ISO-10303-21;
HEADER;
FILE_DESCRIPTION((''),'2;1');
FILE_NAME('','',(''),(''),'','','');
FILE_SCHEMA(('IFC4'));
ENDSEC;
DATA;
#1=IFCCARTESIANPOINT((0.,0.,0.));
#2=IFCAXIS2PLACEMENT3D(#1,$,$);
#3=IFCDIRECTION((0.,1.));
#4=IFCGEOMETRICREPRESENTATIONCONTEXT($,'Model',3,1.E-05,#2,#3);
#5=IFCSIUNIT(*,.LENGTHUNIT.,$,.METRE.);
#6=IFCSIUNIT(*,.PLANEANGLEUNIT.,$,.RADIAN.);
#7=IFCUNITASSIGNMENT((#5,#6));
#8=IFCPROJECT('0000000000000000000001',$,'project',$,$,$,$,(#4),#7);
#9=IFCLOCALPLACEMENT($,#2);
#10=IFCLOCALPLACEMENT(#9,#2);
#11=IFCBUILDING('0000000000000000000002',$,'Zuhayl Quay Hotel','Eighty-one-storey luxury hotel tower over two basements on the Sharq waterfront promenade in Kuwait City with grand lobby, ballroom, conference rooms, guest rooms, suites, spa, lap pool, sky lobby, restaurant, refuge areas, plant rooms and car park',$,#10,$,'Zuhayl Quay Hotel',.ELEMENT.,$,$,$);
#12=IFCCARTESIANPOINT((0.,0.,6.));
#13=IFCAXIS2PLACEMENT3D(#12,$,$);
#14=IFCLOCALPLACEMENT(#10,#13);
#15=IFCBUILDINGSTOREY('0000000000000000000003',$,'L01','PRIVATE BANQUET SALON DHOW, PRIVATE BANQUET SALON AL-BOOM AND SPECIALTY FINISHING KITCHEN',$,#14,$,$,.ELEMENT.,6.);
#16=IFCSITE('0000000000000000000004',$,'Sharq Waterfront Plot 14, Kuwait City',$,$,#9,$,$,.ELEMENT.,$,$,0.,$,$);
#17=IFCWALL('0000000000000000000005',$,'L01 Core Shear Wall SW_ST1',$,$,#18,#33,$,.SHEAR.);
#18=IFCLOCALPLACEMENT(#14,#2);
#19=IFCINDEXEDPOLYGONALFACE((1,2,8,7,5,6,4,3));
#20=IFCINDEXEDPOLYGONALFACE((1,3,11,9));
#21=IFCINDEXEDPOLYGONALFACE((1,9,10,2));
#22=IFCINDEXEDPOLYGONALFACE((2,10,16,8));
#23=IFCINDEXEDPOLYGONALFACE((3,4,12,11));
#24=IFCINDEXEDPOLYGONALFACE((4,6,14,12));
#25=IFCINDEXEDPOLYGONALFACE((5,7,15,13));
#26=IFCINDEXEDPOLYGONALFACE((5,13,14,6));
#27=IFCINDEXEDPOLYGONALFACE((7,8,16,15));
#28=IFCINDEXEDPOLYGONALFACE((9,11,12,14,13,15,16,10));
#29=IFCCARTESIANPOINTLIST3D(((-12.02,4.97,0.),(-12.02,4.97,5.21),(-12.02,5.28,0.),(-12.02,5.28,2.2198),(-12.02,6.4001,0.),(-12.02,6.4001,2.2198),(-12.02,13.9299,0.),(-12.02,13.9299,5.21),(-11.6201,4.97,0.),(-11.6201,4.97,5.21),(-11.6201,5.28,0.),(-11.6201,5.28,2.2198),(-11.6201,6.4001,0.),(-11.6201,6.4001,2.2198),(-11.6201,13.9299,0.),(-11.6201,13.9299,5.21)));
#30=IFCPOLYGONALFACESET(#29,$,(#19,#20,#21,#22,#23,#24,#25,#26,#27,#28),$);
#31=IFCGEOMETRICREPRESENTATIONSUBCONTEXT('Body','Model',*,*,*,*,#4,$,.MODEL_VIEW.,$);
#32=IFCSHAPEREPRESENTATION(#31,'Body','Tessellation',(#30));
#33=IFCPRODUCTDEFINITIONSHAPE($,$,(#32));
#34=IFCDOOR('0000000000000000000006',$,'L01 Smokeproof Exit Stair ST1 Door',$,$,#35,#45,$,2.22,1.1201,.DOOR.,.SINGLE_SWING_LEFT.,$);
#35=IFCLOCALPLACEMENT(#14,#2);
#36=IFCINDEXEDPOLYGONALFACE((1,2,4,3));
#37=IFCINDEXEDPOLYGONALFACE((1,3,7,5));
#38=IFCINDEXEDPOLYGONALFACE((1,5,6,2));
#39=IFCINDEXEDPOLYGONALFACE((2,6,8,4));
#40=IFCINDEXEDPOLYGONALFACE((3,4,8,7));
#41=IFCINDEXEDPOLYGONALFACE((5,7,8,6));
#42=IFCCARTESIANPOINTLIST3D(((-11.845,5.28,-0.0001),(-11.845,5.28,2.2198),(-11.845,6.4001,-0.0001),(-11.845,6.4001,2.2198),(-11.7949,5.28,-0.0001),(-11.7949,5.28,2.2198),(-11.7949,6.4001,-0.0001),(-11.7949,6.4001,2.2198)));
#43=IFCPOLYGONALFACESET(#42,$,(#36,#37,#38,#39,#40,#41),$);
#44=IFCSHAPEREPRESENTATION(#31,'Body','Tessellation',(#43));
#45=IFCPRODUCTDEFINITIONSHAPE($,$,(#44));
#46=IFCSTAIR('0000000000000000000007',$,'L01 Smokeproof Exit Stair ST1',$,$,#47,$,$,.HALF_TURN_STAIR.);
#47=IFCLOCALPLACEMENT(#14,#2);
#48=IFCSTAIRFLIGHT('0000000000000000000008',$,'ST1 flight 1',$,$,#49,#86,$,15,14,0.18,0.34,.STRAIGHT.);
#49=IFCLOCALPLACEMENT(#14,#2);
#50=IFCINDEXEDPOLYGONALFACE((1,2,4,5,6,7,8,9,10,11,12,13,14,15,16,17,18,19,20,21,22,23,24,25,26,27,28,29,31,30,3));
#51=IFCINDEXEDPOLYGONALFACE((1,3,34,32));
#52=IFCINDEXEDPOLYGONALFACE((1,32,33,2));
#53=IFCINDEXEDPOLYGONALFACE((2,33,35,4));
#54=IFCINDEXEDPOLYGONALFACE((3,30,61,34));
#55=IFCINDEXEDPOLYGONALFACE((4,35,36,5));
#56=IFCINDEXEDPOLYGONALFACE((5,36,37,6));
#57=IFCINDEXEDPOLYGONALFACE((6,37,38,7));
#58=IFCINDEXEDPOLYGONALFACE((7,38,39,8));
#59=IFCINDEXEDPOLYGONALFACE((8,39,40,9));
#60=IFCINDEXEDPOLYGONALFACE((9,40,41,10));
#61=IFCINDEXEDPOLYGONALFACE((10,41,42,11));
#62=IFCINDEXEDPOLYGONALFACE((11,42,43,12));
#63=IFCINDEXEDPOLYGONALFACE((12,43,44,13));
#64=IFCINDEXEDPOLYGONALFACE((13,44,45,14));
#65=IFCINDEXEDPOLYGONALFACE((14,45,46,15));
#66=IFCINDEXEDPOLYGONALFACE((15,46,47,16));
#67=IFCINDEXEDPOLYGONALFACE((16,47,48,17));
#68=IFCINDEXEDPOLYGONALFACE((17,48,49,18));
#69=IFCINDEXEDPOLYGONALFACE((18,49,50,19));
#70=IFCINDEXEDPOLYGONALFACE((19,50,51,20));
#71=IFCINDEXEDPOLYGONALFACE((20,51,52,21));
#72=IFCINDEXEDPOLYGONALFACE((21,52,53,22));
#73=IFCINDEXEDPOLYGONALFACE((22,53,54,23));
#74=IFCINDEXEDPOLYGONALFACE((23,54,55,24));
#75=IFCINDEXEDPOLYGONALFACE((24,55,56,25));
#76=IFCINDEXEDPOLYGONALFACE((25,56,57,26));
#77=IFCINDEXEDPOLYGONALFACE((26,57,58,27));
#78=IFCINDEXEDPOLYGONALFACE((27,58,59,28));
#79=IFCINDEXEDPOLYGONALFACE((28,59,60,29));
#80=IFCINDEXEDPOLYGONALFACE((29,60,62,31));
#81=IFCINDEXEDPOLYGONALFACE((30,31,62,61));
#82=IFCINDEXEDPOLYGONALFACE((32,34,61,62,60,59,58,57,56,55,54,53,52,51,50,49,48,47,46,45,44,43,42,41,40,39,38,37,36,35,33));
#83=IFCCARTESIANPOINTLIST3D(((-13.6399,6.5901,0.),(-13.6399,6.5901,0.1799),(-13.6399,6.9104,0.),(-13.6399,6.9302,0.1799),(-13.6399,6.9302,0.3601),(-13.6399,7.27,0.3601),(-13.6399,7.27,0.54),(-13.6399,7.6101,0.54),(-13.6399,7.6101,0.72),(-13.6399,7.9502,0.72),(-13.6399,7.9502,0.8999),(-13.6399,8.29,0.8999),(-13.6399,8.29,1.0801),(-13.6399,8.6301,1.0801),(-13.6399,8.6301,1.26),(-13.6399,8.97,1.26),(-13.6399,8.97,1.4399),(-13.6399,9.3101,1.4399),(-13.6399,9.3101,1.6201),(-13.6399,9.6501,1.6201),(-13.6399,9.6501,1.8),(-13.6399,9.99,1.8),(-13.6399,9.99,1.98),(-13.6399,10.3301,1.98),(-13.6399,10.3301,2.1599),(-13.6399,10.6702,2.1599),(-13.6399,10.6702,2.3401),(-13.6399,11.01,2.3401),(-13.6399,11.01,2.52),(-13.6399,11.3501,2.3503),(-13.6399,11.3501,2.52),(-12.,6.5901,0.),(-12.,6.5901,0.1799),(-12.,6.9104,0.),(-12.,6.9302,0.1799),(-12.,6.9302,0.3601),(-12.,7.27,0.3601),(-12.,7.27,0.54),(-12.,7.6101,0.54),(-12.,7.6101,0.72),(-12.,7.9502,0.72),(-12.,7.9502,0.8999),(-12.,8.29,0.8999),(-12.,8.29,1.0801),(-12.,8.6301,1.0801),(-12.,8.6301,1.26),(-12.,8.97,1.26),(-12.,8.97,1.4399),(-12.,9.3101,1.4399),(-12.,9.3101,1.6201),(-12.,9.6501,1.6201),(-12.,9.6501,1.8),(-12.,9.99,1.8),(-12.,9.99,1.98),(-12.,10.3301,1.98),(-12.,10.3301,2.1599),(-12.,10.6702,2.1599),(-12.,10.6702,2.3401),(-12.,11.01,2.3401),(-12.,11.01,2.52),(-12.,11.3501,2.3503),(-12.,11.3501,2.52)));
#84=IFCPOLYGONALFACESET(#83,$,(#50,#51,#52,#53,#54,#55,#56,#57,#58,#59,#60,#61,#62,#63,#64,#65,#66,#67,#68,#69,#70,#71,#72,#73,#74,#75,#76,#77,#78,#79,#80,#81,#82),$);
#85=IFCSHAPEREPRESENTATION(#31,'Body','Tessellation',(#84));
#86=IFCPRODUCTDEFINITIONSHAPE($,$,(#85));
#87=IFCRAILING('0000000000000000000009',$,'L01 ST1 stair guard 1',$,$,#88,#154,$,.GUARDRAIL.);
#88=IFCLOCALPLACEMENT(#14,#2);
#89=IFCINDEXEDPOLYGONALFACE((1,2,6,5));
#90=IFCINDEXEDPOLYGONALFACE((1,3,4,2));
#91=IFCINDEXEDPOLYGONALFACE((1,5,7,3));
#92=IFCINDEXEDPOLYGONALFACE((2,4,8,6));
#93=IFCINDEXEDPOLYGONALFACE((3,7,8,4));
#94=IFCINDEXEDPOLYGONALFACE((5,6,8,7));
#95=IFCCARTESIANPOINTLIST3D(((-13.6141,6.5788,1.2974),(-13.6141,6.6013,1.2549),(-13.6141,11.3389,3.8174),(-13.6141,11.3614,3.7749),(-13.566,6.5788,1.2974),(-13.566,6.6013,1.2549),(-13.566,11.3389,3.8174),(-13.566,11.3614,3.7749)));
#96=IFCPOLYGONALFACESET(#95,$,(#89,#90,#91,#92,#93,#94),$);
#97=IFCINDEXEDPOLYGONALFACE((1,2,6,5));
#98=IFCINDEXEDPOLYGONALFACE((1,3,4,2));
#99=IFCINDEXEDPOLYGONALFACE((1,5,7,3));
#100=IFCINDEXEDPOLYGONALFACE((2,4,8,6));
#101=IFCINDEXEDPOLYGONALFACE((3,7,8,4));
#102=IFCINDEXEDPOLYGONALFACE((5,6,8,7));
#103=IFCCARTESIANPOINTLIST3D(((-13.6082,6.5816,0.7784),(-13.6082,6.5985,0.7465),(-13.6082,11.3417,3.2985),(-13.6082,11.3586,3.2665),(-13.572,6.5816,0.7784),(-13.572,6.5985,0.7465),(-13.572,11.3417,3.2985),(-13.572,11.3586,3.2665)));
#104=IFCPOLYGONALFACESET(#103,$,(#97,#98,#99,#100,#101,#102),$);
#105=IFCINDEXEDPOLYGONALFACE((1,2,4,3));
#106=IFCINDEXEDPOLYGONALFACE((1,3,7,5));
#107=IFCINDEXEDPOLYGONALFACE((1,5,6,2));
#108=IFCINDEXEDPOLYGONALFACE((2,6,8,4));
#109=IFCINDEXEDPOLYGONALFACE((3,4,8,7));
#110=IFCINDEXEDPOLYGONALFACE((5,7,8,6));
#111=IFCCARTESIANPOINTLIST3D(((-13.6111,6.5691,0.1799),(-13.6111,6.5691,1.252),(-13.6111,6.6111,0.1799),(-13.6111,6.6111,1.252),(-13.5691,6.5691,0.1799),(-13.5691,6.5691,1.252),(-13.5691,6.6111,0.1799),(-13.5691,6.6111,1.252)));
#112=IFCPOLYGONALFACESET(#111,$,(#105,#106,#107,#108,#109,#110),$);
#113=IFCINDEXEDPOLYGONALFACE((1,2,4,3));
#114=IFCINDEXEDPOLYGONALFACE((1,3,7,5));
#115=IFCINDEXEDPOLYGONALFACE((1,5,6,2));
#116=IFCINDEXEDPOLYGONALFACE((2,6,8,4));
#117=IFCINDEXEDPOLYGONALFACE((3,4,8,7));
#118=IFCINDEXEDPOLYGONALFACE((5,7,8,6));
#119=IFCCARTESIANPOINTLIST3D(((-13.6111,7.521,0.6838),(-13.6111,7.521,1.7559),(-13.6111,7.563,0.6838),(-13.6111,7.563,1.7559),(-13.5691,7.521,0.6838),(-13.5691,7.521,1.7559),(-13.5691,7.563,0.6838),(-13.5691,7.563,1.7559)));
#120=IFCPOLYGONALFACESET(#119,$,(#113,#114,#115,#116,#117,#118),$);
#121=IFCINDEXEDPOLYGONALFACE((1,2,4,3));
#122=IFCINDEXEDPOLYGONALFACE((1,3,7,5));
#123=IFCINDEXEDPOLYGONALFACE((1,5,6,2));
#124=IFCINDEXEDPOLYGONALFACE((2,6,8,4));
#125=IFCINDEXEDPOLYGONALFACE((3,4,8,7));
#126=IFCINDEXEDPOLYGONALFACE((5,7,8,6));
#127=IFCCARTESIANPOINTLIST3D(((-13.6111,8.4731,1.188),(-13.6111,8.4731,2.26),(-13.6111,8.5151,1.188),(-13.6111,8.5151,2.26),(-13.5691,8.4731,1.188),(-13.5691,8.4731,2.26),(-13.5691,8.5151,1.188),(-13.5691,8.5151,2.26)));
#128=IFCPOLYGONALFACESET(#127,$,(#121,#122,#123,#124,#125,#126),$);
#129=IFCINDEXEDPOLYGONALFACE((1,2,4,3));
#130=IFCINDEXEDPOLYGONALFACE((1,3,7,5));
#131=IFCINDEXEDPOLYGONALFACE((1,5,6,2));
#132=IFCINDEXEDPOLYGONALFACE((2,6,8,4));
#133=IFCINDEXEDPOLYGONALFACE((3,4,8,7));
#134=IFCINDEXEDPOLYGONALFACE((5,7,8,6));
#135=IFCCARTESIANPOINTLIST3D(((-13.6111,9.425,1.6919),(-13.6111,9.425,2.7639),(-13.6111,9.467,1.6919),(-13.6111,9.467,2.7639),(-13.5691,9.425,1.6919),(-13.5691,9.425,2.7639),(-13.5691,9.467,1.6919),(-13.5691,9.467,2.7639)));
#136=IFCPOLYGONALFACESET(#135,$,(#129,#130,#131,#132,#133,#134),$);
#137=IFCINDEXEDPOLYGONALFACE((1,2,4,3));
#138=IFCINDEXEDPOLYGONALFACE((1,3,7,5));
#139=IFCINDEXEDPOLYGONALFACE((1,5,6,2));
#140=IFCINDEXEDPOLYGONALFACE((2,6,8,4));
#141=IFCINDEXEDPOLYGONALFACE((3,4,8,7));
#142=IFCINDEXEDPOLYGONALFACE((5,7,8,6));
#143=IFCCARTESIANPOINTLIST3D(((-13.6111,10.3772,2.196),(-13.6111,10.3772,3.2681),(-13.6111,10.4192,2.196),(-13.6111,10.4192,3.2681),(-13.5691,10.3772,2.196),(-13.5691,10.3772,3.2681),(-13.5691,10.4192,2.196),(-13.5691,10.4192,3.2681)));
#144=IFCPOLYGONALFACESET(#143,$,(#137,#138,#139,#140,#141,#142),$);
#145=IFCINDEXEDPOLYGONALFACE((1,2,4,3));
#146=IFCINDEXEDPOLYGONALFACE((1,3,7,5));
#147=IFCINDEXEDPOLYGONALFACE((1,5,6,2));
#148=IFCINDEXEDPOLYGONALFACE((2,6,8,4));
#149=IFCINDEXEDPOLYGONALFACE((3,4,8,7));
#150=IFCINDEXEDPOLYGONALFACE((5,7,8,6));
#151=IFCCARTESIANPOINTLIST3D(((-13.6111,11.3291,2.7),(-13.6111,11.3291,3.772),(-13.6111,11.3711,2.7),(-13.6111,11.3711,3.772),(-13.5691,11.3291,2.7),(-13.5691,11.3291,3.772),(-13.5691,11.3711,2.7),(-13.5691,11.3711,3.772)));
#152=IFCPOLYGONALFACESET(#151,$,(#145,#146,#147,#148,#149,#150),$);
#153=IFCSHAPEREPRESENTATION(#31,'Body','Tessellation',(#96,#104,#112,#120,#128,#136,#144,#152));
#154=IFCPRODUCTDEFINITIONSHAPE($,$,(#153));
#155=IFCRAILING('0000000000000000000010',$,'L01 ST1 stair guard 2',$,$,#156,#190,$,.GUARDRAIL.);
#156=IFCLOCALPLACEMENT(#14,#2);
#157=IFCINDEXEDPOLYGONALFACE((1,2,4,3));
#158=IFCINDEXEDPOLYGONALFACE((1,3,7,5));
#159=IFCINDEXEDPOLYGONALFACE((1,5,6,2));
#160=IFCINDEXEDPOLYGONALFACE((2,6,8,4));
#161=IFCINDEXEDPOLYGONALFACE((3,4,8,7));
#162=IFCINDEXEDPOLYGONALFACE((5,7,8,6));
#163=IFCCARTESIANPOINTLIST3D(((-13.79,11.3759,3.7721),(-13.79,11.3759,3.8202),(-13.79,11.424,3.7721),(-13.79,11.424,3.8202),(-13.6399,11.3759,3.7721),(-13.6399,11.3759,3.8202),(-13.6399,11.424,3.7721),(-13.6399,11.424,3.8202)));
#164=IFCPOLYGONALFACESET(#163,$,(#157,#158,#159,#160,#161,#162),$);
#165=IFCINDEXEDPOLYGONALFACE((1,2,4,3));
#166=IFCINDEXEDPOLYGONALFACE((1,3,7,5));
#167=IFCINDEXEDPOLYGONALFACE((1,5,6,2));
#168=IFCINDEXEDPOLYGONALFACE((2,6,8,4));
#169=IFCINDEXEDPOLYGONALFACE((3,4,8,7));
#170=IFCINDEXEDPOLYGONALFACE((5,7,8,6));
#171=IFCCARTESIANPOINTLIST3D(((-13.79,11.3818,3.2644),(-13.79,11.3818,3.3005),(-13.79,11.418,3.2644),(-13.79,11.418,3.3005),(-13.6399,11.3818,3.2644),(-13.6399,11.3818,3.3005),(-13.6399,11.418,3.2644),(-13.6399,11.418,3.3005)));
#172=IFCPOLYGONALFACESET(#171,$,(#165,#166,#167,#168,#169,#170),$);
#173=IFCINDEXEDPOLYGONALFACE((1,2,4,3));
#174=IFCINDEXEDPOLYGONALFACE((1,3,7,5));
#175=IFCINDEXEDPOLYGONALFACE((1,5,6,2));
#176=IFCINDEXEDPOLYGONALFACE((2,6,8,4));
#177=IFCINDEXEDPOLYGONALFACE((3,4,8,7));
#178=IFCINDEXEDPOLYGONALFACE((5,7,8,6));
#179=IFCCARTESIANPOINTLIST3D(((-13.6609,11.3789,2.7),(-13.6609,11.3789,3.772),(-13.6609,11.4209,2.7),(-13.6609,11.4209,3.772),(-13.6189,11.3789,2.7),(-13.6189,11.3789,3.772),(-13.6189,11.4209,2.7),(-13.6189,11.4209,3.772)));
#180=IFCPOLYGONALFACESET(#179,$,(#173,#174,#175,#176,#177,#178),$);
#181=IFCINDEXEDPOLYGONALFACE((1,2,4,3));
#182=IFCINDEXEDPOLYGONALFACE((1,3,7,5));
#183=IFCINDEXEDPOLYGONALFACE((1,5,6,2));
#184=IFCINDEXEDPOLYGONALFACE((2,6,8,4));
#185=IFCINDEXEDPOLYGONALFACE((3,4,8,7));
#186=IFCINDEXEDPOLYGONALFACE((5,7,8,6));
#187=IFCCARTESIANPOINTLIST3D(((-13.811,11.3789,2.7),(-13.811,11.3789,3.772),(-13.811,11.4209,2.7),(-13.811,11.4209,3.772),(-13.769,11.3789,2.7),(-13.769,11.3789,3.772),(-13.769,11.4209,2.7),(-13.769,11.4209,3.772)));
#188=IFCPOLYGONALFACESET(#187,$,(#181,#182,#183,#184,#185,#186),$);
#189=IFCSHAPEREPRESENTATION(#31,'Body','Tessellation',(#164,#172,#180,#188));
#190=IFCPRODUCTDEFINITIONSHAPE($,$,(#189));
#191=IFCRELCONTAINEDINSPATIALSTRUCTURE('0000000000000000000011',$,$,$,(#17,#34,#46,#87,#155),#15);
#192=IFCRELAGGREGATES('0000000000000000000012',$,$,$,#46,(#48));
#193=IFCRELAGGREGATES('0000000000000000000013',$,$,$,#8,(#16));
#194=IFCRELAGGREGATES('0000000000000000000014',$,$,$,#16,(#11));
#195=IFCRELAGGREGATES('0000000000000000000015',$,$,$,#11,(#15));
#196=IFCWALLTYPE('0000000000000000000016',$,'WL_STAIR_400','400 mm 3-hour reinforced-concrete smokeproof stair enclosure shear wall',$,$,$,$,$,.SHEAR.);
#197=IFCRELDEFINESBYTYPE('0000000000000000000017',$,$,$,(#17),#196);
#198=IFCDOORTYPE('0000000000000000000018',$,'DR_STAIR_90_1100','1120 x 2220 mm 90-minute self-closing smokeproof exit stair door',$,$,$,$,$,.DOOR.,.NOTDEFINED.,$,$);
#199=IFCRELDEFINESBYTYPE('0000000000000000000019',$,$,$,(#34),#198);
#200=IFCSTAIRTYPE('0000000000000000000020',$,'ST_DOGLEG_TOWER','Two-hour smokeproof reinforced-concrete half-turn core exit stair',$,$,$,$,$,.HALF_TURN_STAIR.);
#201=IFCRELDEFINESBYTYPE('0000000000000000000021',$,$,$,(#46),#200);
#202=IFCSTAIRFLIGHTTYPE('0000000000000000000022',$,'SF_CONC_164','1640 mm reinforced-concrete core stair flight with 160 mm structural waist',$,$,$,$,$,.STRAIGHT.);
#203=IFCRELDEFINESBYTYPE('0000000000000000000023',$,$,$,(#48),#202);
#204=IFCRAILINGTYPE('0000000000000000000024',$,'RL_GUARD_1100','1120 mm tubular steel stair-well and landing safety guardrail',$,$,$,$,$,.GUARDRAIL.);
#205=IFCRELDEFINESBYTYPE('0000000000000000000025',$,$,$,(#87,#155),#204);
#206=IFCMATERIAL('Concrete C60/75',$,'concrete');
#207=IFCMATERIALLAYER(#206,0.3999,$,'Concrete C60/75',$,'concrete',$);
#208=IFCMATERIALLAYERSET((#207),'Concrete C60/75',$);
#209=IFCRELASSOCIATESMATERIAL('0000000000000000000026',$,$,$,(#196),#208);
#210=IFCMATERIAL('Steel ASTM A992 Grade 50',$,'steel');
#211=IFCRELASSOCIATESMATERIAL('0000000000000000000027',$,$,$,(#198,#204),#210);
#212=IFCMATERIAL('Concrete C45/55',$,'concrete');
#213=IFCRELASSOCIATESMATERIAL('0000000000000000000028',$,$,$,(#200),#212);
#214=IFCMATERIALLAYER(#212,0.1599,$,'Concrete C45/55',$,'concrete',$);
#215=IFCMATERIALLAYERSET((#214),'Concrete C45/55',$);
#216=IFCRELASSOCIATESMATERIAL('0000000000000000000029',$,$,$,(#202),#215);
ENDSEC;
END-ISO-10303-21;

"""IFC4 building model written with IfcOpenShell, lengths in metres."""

from ifc_helpers import new_model, si_unit, direction, frame, frame_2d, origin, origin_2d, place, context, subcontext, project, spatial, polyline, rectangle, outline, extrude, material, layer, layer_set, type_object, element, fill, aggregate, save


model = new_model("IFC4")

# Units and contexts
model_context = context("Model", 3, precision=1e-05, world=origin(), true_north=direction((0.0, 1.0)))
body_context = subcontext(model_context, "Body", "Model", "MODEL_VIEW")
ifc_project = project(units=[si_unit("LENGTHUNIT", "METRE"), si_unit("PLANEANGLEUNIT", "RADIAN")], contexts=[model_context])

# Site, building, storey
site_placement = place(None, origin())
site = spatial("IfcSite", under=ifc_project, at=site_placement, Name="Sharq Waterfront Plot 14, Kuwait City", CompositionType="ELEMENT", RefElevation=0.0)
building_placement = place(site_placement, origin())
building = spatial("IfcBuilding", under=site, at=building_placement, Name="Zuhayl Quay Hotel", Description="Eighty-one-storey luxury hotel tower over two basements on the Sharq waterfront promenade in Kuwait City with grand lobby, ballroom, conference rooms, guest rooms, suites, spa, lap pool, sky lobby, restaurant, refuge areas, plant rooms and car park", LongName="Zuhayl Quay Hotel", CompositionType="ELEMENT")
storey_placement = place(building_placement, frame((0.0, 0.0, 6.0)))
storey = spatial("IfcBuildingStorey", under=building, at=storey_placement, Name="L01", Description="PRIVATE BANQUET SALON DHOW, PRIVATE BANQUET SALON AL-BOOM AND SPECIALTY FINISHING KITCHEN", CompositionType="ELEMENT", Elevation=6.0)

# Shared definitions
ifc_material_1 = material(Name="Steel ASTM A992 Grade 50", Category="steel")

# Wall, opening, door
ifc_material_2 = material(Name="Concrete C60/75", Category="concrete")
ifc_layer_1 = layer(ifc_material_2, 0.3999, Name="Concrete C60/75", Category="concrete")
ifc_layer_set_1 = layer_set([ifc_layer_1], Name="Concrete C60/75")
wall_type_1 = type_object("IfcWallType", Name="WL_STAIR_400", Description="400 mm 3-hour reinforced-concrete smokeproof stair enclosure shear wall", PredefinedType="SHEAR", material=ifc_layer_set_1)
wall_1_placement = place(storey_placement, frame((-11.8201, 4.97, 0.0), z_axis=(0.0, 0.0, 1.0), x_axis=(0.0, 1.0, 0.0)))
wall_1 = element("IfcWall", 1, at=wall_1_placement, inside=storey, type_object=wall_type_1, Name="L01 Core Shear Wall SW_ST1", PredefinedType="SHEAR", context=body_context, shape_type="SweptSolid", body=[
    extrude(rectangle(XDim=8.96, YDim=0.3999, at=frame_2d((4.48, 0.0))), origin(), (0.0, 0.0, 1.0), 5.21),
])
opening_1_placement = place(wall_1_placement, frame((0.3101, 0.0, 0.0)))
opening_1 = element("IfcOpeningElement", 2, at=opening_1_placement, cuts=wall_1, PredefinedType="OPENING", context=body_context, shape_type="SweptSolid", body=[
    extrude(rectangle(XDim=1.1201, YDim=2.22, at=frame_2d((0.5601, 1.1099))), frame((0.0, 0.21, 0.0), z_axis=(0.0, -1.0, 0.0), x_axis=(1.0, 0.0, 0.0)), (0.0, 0.0, 1.0), 0.4199),
])
door_type_1 = type_object("IfcDoorType", Name="DR_STAIR_90_1100", Description="1120 x 2220 mm 90-minute self-closing smokeproof exit stair door", OperationType="NOTDEFINED", PredefinedType="DOOR", material=ifc_material_1)
door_1_placement = place(opening_1_placement, origin())
door_1 = element("IfcDoor", 3, at=door_1_placement, inside=storey, type_object=door_type_1, Name="L01 Smokeproof Exit Stair ST1 Door", OperationType="SINGLE_SWING_LEFT", OverallHeight=2.22, OverallWidth=1.1201, PredefinedType="DOOR", context=body_context, shape_type="SweptSolid", body=[
    extrude(rectangle(XDim=1.1201, YDim=2.22, at=frame_2d((0.5601, 1.1099))), frame((0.0, 0.0249, 0.0), z_axis=(0.0, -1.0, 0.0), x_axis=(1.0, 0.0, 0.0)), (0.0, 0.0, 1.0), 0.05),
])
fill(opening_1, door_1)

# Stair, stair flight
ifc_material_3 = material(Name="Concrete C45/55", Category="concrete")
stair_type = type_object("IfcStairType", Name="ST_DOGLEG_TOWER", Description="Two-hour smokeproof reinforced-concrete half-turn core exit stair", PredefinedType="HALF_TURN_STAIR", material=ifc_material_3)
stair_placement = place(storey_placement, origin())
stair = element("IfcStair", 4, at=stair_placement, inside=storey, type_object=stair_type, Name="L01 Smokeproof Exit Stair ST1", PredefinedType="HALF_TURN_STAIR")
ifc_layer_2 = layer(ifc_material_3, 0.1599, Name="Concrete C45/55", Category="concrete")
ifc_layer_set_2 = layer_set([ifc_layer_2], Name="Concrete C45/55")
stair_flight_type = type_object("IfcStairFlightType", Name="SF_CONC_164", Description="1640 mm reinforced-concrete core stair flight with 160 mm structural waist", PredefinedType="STRAIGHT", material=ifc_layer_set_2)
stair_flight_placement = place(storey_placement, frame((-12.8201, 6.5901, 0.0), z_axis=(0.0, 0.0, 1.0), x_axis=(0.0, 1.0, 0.0)))
stair_flight = element("IfcStairFlight", 5, at=stair_flight_placement, type_object=stair_flight_type, Name="ST1 flight 1", NumberOfRisers=15, NumberOfTreads=14, PredefinedType="STRAIGHT", RiserHeight=0.18, TreadLength=0.34, context=body_context, shape_type="SweptSolid", body=[
    extrude(outline(polyline([(0.0, 0.0), (0.0, 0.1799), (0.3401, 0.1799), (0.3401, 0.3601), (0.6799, 0.3601), (0.6799, 0.54), (1.02, 0.54), (1.02, 0.72), (1.3601, 0.72), (1.3601, 0.8999), (1.7, 0.8999), (1.7, 1.0801), (2.04, 1.0801), (2.04, 1.26), (2.3799, 1.26), (2.3799, 1.4399), (2.72, 1.4399), (2.72, 1.6201), (3.0601, 1.6201), (3.0601, 1.8), (3.3999, 1.8), (3.3999, 1.98), (3.74, 1.98), (3.74, 2.1599), (4.0801, 2.1599), (4.0801, 2.3401), (4.4199, 2.3401), (4.4199, 2.52), (4.76, 2.52), (4.76, 2.7), (4.76, 2.3503), (0.3203, 0.0), (0.0, 0.0)])), frame((0.0, 0.8198, 0.0), z_axis=(0.0, -1.0, 0.0), x_axis=(1.0, 0.0, 0.0)), (0.0, 0.0, 1.0), 1.6399),
])
aggregate(stair, [stair_flight])

# Railings
railing_type_1 = type_object("IfcRailingType", Name="RL_GUARD_1100", Description="1120 mm tubular steel stair-well and landing safety guardrail", PredefinedType="GUARDRAIL", material=ifc_material_1)
railing_1_placement = place(storey_placement, frame((-13.5901, 6.5901, 0.1799)))
element("IfcRailing", 6, at=railing_1_placement, inside=storey, type_object=railing_type_1, Name="L01 ST1 stair guard 1", PredefinedType="GUARDRAIL", context=body_context, shape_type="SweptSolid", body=[
    extrude(rectangle(XDim=0.0481, YDim=0.0481, at=origin_2d()), frame((0.0, 0.0, 1.0962), z_axis=(0.0, 0.883787, 0.46789), x_axis=(-1.0, 0.0, 0.0)), (0.0, 0.0, 1.0), 5.386),
    extrude(rectangle(XDim=0.0361, YDim=0.0361, at=origin_2d()), frame((0.0, 0.0, 0.5825), z_axis=(0.0, 0.883787, 0.46789), x_axis=(-1.0, 0.0, 0.0)), (0.0, 0.0, 1.0), 5.386),
    extrude(rectangle(XDim=0.042, YDim=0.042, at=origin_2d()), origin(), (0.0, 0.0, 1.0), 1.072),
    extrude(rectangle(XDim=0.042, YDim=0.042, at=origin_2d()), frame((0.0, 0.9519, 0.5039)), (0.0, 0.0, 1.0), 1.072),
    extrude(rectangle(XDim=0.042, YDim=0.042, at=origin_2d()), frame((0.0, 1.9041, 1.0081)), (0.0, 0.0, 1.0), 1.072),
    extrude(rectangle(XDim=0.042, YDim=0.042, at=origin_2d()), frame((0.0, 2.856, 1.512)), (0.0, 0.0, 1.0), 1.072),
    extrude(rectangle(XDim=0.042, YDim=0.042, at=origin_2d()), frame((0.0, 3.8081, 2.0161)), (0.0, 0.0, 1.0), 1.072),
    extrude(rectangle(XDim=0.042, YDim=0.042, at=origin_2d()), frame((0.0, 4.76, 2.52)), (0.0, 0.0, 1.0), 1.072),
])
for number, where, name in (
    (7, (-13.6399, 11.3999, 2.7), "L01 ST1 stair guard 2"),
):
    element("IfcRailing", number, at=place(storey_placement, frame(where)), inside=storey, type_object=railing_type_1, Name=name, PredefinedType="GUARDRAIL", context=body_context, shape_type="SweptSolid", body=[
        extrude(rectangle(XDim=0.0481, YDim=0.0481, at=origin_2d()), frame((0.0, 0.0, 1.0962), z_axis=(-1.0, 0.0, 0.0), x_axis=(0.0, -1.0, 0.0)), (0.0, 0.0, 1.0), 0.1501),
        extrude(rectangle(XDim=0.0361, YDim=0.0361, at=origin_2d()), frame((0.0, 0.0, 0.5825), z_axis=(-1.0, 0.0, 0.0), x_axis=(0.0, -1.0, 0.0)), (0.0, 0.0, 1.0), 0.1501),
        extrude(rectangle(XDim=0.042, YDim=0.042, at=origin_2d()), origin(), (0.0, 0.0, 1.0), 1.072),
        extrude(rectangle(XDim=0.042, YDim=0.042, at=origin_2d()), frame((-0.1501, 0.0, 0.0)), (0.0, 0.0, 1.0), 1.072),
    ])

save(model, "model.ifc")
